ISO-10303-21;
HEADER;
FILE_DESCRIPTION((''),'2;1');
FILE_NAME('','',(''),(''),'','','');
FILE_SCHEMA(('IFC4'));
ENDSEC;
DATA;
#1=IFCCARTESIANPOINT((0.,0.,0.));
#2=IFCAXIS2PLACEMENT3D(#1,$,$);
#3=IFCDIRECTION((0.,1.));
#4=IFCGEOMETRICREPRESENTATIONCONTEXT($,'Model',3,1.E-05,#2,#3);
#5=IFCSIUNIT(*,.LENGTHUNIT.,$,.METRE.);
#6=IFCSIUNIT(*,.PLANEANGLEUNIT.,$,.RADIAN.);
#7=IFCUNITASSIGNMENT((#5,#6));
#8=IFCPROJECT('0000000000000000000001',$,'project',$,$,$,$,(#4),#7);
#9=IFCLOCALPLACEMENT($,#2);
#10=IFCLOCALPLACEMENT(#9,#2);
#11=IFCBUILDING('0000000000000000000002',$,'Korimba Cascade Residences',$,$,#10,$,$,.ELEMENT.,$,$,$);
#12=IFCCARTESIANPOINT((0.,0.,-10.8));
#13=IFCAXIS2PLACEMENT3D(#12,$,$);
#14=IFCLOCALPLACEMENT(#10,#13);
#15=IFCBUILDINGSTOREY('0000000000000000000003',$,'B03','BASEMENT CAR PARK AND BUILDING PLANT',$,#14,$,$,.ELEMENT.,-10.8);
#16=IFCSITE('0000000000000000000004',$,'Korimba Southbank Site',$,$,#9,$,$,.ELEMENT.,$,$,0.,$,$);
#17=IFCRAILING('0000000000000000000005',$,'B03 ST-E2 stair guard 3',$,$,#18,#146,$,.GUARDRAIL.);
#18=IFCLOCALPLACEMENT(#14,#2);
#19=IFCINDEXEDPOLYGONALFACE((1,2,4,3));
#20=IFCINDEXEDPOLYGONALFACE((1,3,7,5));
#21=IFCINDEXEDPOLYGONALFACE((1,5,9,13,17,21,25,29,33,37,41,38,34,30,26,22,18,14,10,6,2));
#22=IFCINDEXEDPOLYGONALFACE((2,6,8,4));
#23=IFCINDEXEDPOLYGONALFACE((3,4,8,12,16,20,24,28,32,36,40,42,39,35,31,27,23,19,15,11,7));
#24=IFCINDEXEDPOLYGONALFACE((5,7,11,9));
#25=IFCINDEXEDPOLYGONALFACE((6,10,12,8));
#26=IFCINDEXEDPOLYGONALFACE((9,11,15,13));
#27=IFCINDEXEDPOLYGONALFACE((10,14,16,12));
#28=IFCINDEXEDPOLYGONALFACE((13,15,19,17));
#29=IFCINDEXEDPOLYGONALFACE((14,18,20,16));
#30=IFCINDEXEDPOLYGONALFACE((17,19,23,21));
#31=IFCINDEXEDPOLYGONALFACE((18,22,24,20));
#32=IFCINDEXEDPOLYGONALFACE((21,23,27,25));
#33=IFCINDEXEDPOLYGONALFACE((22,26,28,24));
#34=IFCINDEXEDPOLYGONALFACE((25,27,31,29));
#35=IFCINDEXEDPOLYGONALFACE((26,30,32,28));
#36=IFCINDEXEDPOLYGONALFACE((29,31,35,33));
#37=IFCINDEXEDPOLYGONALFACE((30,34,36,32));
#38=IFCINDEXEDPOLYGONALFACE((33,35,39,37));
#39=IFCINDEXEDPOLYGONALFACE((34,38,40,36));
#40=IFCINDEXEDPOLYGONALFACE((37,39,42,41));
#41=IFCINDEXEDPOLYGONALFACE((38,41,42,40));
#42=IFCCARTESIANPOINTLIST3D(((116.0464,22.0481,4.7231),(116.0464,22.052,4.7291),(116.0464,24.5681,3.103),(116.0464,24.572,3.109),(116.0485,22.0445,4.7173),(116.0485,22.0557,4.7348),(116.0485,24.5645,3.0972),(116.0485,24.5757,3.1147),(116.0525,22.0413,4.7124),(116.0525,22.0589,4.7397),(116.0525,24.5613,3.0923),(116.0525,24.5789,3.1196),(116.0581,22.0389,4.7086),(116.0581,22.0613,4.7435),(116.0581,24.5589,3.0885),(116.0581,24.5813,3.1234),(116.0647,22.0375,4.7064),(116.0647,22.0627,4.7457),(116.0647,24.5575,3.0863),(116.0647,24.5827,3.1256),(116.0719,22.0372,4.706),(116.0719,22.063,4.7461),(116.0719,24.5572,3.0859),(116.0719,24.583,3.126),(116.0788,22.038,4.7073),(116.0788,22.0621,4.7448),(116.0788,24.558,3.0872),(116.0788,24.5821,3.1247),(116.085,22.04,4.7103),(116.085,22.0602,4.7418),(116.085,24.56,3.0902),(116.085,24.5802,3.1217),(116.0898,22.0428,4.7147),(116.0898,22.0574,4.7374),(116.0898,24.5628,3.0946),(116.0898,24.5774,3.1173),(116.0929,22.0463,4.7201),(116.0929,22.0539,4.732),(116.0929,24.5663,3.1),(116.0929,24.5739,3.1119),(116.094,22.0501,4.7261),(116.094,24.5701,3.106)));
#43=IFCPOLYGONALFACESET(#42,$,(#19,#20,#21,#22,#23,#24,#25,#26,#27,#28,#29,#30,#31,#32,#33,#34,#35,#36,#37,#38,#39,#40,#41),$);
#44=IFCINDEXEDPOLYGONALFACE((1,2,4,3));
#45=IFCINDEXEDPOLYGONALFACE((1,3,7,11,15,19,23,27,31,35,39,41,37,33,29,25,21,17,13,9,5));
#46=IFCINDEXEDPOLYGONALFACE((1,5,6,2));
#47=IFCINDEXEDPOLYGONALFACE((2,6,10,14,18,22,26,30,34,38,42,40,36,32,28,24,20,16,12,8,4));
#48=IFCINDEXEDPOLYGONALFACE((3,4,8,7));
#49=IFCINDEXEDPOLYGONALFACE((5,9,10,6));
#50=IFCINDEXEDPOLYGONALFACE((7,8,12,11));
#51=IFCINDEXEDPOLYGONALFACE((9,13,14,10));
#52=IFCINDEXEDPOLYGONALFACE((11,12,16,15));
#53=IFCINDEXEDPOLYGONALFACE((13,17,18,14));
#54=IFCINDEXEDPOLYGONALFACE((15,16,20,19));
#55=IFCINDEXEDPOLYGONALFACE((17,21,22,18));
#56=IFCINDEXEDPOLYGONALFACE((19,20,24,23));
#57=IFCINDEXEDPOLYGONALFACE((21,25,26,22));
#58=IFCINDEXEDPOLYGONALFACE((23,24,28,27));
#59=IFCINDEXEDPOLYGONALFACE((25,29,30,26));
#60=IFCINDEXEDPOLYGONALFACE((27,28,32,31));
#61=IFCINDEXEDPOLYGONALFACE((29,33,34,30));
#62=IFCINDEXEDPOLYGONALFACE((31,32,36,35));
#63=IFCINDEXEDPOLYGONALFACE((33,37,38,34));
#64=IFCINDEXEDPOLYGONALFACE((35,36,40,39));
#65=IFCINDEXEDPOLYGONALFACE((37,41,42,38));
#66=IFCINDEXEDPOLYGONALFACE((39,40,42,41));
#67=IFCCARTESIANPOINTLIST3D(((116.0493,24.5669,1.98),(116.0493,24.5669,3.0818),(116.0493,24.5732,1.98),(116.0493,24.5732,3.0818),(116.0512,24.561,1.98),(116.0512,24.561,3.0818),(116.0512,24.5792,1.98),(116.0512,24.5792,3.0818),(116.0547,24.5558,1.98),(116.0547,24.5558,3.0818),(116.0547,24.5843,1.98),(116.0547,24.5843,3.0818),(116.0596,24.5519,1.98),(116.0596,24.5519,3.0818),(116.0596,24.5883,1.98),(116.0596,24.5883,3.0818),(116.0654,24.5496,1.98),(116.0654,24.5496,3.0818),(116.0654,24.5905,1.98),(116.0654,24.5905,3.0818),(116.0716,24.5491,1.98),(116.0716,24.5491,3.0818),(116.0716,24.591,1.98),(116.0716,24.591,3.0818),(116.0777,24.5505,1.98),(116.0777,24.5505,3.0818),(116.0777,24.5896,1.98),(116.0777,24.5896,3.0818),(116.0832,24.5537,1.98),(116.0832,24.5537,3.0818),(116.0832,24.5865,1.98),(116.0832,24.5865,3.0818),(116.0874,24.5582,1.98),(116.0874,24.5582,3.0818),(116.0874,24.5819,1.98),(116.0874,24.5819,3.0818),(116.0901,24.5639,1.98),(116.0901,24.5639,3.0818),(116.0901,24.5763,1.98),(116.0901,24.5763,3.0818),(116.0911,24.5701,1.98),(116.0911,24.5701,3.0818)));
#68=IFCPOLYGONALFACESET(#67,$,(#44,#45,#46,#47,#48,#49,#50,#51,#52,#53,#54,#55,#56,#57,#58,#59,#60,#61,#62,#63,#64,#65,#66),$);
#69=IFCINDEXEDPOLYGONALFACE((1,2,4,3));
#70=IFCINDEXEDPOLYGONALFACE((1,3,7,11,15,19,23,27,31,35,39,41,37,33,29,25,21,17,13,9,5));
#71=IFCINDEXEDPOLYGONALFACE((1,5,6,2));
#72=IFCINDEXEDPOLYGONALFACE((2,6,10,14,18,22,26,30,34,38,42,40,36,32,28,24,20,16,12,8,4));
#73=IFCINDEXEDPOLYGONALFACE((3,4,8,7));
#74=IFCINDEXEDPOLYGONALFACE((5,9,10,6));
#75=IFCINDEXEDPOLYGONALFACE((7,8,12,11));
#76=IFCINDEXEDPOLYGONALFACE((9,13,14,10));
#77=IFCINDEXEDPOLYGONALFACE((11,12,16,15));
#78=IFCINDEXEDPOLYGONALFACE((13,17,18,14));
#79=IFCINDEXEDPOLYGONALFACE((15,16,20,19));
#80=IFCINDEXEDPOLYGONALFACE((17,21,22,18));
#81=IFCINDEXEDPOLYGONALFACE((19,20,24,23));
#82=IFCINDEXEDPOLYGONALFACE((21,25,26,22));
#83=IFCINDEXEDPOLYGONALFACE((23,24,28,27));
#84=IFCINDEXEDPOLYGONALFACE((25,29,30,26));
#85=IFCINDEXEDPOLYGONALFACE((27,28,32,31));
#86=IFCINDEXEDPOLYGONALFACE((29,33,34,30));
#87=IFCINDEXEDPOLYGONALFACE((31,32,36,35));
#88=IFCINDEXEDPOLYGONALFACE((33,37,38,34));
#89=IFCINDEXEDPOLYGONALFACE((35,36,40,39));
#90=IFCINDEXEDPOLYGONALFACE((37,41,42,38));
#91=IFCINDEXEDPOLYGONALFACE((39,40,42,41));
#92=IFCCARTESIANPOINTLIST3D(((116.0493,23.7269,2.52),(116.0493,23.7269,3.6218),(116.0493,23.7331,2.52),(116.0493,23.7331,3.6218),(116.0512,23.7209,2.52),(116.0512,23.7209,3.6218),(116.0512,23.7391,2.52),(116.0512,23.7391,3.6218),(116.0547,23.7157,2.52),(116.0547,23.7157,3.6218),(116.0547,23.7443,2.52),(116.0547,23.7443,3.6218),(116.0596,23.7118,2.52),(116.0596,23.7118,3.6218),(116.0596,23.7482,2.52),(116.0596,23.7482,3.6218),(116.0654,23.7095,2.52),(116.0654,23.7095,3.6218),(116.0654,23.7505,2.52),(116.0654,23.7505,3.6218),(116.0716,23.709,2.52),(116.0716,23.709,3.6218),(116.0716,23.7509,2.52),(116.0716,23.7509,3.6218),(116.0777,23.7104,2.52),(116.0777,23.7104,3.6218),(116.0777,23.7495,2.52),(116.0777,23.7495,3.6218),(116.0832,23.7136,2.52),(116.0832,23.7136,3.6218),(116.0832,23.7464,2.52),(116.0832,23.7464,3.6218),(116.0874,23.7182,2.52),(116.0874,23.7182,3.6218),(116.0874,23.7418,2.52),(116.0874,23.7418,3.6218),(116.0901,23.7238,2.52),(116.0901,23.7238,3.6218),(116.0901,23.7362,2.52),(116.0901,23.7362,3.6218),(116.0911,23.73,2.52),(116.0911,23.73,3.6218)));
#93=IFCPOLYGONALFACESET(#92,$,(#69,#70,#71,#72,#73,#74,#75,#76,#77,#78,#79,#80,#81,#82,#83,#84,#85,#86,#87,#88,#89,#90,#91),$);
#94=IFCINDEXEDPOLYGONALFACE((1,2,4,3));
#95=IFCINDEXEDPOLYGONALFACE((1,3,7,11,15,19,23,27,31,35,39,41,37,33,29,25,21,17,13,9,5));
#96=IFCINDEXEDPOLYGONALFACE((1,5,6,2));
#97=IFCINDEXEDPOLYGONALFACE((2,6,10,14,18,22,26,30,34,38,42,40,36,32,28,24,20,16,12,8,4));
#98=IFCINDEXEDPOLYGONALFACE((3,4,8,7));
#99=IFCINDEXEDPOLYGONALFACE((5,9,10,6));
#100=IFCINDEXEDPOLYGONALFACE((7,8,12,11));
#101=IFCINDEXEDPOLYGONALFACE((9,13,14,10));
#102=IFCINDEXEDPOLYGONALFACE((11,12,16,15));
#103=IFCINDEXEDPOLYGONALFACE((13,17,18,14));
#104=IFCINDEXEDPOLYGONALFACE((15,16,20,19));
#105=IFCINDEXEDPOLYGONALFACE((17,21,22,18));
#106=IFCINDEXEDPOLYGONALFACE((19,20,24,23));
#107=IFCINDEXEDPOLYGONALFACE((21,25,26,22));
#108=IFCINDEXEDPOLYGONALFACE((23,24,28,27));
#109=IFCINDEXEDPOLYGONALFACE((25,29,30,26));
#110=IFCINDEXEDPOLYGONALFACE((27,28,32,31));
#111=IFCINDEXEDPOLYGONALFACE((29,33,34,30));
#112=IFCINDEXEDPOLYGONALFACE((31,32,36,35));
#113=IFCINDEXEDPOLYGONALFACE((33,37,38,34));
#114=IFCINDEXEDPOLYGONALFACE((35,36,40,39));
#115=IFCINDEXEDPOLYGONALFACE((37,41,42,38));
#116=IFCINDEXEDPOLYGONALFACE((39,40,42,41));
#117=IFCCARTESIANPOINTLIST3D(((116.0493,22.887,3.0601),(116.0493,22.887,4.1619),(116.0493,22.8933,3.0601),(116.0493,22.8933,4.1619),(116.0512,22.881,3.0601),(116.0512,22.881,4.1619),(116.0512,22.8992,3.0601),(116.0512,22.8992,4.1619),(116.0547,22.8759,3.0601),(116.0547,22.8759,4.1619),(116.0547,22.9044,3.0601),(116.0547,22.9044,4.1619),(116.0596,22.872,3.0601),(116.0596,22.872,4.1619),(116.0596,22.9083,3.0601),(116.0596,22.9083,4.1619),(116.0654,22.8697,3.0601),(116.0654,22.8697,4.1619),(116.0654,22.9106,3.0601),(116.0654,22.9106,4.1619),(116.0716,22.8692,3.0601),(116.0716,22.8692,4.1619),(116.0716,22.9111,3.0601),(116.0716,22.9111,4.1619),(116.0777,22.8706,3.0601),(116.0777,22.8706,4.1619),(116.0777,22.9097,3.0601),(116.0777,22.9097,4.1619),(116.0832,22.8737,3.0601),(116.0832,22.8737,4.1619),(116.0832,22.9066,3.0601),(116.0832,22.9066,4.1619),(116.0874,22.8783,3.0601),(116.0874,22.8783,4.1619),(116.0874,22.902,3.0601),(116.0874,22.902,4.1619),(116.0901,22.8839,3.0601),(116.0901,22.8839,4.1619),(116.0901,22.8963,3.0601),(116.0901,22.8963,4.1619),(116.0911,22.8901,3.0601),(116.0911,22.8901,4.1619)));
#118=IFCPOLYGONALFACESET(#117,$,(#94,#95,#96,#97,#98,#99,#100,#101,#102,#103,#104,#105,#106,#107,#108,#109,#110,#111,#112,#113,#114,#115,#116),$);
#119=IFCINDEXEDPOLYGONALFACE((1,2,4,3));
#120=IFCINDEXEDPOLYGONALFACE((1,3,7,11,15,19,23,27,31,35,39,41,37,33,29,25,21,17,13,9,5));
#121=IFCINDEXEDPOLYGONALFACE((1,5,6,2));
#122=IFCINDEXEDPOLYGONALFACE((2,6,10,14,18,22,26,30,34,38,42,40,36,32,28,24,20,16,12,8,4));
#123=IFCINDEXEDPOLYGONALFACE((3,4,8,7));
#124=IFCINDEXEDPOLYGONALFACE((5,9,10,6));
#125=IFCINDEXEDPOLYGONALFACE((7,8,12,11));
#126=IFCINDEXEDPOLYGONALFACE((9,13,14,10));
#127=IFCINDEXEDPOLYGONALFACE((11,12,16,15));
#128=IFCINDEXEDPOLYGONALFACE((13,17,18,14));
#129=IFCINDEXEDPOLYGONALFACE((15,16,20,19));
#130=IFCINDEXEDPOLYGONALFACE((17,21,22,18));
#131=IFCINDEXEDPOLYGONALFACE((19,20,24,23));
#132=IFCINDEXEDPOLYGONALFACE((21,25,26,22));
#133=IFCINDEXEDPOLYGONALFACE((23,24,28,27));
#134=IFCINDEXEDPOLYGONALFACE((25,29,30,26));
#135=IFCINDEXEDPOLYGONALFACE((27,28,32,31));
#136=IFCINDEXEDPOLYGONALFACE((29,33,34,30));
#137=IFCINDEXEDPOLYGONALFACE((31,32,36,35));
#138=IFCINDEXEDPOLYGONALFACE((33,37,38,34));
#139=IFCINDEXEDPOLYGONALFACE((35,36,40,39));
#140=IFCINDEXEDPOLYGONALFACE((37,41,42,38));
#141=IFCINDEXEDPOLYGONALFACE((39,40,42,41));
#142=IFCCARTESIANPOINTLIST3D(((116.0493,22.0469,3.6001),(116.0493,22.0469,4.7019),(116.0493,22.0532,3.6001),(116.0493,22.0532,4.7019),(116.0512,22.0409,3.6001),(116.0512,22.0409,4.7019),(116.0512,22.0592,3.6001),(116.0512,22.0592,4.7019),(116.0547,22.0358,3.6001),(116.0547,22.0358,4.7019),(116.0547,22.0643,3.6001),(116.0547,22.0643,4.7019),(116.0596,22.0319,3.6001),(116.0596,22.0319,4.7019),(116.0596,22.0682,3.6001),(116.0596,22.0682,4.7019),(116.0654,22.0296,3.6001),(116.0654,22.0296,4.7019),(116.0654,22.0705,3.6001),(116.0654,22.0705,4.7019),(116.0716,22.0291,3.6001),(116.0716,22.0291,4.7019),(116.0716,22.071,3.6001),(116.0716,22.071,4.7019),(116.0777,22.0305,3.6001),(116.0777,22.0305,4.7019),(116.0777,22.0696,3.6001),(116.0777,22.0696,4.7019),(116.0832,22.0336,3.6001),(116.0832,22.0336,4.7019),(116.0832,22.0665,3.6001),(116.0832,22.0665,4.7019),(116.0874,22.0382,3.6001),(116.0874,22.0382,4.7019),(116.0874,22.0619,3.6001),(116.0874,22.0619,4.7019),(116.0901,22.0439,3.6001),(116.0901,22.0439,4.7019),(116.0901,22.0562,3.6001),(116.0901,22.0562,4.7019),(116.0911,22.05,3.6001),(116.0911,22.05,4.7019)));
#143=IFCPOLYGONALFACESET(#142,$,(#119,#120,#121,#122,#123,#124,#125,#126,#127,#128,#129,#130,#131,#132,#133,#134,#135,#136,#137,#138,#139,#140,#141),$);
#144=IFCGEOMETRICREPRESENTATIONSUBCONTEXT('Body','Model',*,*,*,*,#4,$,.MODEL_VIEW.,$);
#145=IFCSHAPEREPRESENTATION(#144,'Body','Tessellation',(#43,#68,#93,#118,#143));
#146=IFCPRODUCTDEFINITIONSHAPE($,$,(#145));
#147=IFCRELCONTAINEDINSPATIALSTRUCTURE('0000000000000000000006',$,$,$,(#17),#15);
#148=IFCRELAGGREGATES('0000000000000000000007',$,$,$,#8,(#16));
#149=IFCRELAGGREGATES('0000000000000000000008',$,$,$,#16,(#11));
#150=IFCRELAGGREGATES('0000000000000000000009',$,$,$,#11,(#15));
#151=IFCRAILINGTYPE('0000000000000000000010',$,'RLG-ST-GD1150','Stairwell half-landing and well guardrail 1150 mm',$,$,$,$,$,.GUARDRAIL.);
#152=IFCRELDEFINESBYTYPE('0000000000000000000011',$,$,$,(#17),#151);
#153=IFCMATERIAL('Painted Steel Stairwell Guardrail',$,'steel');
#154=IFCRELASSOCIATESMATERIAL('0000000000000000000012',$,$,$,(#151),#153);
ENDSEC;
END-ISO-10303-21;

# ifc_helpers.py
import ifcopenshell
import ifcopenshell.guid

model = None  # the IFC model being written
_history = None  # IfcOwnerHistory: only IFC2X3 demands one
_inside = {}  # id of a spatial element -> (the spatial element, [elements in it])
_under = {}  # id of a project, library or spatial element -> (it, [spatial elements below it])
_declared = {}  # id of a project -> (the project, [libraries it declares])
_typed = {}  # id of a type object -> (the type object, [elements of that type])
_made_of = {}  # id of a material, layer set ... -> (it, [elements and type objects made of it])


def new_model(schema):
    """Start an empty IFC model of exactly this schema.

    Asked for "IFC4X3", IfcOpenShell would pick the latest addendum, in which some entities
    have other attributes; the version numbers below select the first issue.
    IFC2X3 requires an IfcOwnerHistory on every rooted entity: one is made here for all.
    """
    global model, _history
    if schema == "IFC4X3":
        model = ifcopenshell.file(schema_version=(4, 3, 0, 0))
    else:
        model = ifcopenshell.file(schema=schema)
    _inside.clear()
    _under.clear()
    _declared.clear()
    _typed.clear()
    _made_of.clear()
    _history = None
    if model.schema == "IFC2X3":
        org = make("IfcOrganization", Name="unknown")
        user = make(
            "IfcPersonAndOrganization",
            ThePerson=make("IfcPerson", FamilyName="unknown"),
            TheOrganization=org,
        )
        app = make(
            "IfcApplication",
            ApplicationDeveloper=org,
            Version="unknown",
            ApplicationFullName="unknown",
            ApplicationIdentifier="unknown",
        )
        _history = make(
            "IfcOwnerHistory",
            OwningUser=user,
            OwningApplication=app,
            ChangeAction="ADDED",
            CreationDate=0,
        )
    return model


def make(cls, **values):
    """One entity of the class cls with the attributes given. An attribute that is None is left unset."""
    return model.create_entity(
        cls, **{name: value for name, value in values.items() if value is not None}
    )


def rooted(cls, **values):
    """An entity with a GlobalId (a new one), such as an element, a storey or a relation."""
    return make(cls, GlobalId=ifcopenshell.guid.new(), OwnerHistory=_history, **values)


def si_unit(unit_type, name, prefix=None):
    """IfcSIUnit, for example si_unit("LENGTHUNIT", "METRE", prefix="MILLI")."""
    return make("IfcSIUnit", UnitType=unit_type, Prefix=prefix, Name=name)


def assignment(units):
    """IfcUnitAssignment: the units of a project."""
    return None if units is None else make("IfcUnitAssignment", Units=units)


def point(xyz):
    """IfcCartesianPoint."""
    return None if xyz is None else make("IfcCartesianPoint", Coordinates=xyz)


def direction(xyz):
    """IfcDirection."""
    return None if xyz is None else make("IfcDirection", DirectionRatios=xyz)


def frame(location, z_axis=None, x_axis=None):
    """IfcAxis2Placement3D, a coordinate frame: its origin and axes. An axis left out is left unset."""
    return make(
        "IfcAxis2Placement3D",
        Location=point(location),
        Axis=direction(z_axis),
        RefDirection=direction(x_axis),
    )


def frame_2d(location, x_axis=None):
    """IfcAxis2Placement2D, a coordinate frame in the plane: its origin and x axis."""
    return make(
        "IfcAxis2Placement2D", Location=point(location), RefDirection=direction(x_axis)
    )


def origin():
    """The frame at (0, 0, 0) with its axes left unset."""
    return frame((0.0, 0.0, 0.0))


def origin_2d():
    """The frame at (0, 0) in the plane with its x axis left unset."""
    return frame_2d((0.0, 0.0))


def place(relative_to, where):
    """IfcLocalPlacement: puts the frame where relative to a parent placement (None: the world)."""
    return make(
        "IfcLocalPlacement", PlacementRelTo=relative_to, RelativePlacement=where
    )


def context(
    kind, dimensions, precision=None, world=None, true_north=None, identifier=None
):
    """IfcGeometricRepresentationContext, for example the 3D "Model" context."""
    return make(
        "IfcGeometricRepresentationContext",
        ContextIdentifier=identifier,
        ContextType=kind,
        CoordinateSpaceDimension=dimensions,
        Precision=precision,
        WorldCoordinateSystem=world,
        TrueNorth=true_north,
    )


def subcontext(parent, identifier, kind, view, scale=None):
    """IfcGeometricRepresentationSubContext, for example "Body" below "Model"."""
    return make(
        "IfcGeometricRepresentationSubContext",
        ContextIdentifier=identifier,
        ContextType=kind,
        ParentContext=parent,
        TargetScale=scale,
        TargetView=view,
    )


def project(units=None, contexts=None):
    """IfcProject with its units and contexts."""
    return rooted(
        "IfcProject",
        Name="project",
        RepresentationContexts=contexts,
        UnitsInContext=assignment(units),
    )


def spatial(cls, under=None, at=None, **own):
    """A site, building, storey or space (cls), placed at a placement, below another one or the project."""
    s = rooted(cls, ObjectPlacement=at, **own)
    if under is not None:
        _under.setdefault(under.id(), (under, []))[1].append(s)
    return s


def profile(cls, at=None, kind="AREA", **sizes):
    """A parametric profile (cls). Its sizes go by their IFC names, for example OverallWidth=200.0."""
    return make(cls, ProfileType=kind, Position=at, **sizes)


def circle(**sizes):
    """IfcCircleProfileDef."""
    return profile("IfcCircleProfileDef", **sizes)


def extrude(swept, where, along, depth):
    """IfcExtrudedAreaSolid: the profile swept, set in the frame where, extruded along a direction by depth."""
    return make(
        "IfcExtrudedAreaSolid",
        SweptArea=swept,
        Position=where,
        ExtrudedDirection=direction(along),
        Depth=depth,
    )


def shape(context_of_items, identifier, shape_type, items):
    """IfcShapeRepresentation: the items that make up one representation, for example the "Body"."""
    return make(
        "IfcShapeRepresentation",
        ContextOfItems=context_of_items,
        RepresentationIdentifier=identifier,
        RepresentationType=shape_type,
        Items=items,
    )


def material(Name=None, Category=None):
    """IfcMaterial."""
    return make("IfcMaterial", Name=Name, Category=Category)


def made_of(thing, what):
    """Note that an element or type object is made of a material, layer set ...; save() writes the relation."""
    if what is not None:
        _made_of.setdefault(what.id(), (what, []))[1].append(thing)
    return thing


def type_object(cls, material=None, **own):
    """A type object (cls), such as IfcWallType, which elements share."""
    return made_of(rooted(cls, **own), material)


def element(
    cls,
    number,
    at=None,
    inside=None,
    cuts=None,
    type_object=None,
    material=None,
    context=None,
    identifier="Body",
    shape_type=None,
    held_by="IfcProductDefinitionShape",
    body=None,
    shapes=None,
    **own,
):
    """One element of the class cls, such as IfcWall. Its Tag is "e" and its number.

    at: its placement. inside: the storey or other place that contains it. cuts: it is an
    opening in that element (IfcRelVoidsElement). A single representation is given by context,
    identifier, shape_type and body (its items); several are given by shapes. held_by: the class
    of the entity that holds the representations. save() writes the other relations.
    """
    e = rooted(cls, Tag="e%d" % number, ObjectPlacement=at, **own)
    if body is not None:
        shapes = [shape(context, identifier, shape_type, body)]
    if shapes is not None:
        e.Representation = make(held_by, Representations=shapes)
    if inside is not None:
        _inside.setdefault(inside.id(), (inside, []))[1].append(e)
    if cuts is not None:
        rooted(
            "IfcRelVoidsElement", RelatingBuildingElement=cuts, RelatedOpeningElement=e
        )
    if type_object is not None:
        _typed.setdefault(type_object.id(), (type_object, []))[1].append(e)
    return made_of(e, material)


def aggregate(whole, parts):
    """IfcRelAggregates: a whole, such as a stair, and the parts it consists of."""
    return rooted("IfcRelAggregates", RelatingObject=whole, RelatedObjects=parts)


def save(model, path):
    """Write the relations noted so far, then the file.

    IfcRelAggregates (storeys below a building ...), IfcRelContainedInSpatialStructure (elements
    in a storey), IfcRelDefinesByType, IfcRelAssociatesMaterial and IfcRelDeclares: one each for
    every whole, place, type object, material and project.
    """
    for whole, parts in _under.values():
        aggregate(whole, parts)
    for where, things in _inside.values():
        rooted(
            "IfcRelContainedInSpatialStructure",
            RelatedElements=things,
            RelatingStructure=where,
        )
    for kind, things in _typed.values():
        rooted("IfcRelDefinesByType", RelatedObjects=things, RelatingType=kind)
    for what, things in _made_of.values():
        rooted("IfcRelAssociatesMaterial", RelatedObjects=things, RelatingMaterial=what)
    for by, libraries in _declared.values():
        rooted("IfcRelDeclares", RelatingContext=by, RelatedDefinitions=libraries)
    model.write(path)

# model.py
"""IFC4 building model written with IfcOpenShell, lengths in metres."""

from ifc_helpers import new_model, si_unit, direction, frame, origin, origin_2d, place, context, subcontext, project, spatial, circle, extrude, material, type_object, element, save


model = new_model("IFC4")

# Units and contexts
model_context = context("Model", 3, precision=1e-05, world=origin(), true_north=direction((0.0, 1.0)))
body_context = subcontext(model_context, "Body", "Model", "MODEL_VIEW")
ifc_project = project(units=[si_unit("LENGTHUNIT", "METRE"), si_unit("PLANEANGLEUNIT", "RADIAN")], contexts=[model_context])

# Site, building, storey
site_placement = place(None, origin())
site = spatial("IfcSite", under=ifc_project, at=site_placement, Name="Korimba Southbank Site", CompositionType="ELEMENT", RefElevation=0.0)
building_placement = place(site_placement, origin())
building = spatial("IfcBuilding", under=site, at=building_placement, Name="Korimba Cascade Residences", CompositionType="ELEMENT")
storey_placement = place(building_placement, frame((0.0, 0.0, -10.8)))
storey = spatial("IfcBuildingStorey", under=building, at=storey_placement, Name="B03", Description="BASEMENT CAR PARK AND BUILDING PLANT", CompositionType="ELEMENT", Elevation=-10.8)

# Railing
ifc_material_1 = material(Name="Painted Steel Stairwell Guardrail", Category="steel")
railing_type_1 = type_object("IfcRailingType", Name="RLG-ST-GD1150", Description="Stairwell half-landing and well guardrail 1150 mm", PredefinedType="GUARDRAIL", material=ifc_material_1)
railing_1_placement = place(storey_placement, frame((116.0701, 24.5701, 1.98)))
element("IfcRailing", 1, at=railing_1_placement, inside=storey, type_object=railing_type_1, Name="B03 ST-E2 stair guard 3", PredefinedType="GUARDRAIL", context=body_context, shape_type="SweptSolid", body=[
    extrude(circle(Radius=0.0239, at=origin_2d()), frame((0.0, 0.0, 1.126), z_axis=(0.0, -0.841163, 0.540782), x_axis=(1.0, 0.0, 0.0)), (0.0, 0.0, 1.0), 2.9958),
    extrude(circle(Radius=0.021, at=origin_2d()), origin(), (0.0, 0.0, 1.0), 1.1018),
    extrude(circle(Radius=0.021, at=origin_2d()), frame((0.0, -0.8401, 0.54)), (0.0, 0.0, 1.0), 1.1018),
    extrude(circle(Radius=0.021, at=origin_2d()), frame((0.0, -1.6799, 1.0801)), (0.0, 0.0, 1.0), 1.1018),
    extrude(circle(Radius=0.021, at=origin_2d()), frame((0.0, -2.52, 1.6201)), (0.0, 0.0, 1.0), 1.1018),
])

save(model, "model.ifc")
